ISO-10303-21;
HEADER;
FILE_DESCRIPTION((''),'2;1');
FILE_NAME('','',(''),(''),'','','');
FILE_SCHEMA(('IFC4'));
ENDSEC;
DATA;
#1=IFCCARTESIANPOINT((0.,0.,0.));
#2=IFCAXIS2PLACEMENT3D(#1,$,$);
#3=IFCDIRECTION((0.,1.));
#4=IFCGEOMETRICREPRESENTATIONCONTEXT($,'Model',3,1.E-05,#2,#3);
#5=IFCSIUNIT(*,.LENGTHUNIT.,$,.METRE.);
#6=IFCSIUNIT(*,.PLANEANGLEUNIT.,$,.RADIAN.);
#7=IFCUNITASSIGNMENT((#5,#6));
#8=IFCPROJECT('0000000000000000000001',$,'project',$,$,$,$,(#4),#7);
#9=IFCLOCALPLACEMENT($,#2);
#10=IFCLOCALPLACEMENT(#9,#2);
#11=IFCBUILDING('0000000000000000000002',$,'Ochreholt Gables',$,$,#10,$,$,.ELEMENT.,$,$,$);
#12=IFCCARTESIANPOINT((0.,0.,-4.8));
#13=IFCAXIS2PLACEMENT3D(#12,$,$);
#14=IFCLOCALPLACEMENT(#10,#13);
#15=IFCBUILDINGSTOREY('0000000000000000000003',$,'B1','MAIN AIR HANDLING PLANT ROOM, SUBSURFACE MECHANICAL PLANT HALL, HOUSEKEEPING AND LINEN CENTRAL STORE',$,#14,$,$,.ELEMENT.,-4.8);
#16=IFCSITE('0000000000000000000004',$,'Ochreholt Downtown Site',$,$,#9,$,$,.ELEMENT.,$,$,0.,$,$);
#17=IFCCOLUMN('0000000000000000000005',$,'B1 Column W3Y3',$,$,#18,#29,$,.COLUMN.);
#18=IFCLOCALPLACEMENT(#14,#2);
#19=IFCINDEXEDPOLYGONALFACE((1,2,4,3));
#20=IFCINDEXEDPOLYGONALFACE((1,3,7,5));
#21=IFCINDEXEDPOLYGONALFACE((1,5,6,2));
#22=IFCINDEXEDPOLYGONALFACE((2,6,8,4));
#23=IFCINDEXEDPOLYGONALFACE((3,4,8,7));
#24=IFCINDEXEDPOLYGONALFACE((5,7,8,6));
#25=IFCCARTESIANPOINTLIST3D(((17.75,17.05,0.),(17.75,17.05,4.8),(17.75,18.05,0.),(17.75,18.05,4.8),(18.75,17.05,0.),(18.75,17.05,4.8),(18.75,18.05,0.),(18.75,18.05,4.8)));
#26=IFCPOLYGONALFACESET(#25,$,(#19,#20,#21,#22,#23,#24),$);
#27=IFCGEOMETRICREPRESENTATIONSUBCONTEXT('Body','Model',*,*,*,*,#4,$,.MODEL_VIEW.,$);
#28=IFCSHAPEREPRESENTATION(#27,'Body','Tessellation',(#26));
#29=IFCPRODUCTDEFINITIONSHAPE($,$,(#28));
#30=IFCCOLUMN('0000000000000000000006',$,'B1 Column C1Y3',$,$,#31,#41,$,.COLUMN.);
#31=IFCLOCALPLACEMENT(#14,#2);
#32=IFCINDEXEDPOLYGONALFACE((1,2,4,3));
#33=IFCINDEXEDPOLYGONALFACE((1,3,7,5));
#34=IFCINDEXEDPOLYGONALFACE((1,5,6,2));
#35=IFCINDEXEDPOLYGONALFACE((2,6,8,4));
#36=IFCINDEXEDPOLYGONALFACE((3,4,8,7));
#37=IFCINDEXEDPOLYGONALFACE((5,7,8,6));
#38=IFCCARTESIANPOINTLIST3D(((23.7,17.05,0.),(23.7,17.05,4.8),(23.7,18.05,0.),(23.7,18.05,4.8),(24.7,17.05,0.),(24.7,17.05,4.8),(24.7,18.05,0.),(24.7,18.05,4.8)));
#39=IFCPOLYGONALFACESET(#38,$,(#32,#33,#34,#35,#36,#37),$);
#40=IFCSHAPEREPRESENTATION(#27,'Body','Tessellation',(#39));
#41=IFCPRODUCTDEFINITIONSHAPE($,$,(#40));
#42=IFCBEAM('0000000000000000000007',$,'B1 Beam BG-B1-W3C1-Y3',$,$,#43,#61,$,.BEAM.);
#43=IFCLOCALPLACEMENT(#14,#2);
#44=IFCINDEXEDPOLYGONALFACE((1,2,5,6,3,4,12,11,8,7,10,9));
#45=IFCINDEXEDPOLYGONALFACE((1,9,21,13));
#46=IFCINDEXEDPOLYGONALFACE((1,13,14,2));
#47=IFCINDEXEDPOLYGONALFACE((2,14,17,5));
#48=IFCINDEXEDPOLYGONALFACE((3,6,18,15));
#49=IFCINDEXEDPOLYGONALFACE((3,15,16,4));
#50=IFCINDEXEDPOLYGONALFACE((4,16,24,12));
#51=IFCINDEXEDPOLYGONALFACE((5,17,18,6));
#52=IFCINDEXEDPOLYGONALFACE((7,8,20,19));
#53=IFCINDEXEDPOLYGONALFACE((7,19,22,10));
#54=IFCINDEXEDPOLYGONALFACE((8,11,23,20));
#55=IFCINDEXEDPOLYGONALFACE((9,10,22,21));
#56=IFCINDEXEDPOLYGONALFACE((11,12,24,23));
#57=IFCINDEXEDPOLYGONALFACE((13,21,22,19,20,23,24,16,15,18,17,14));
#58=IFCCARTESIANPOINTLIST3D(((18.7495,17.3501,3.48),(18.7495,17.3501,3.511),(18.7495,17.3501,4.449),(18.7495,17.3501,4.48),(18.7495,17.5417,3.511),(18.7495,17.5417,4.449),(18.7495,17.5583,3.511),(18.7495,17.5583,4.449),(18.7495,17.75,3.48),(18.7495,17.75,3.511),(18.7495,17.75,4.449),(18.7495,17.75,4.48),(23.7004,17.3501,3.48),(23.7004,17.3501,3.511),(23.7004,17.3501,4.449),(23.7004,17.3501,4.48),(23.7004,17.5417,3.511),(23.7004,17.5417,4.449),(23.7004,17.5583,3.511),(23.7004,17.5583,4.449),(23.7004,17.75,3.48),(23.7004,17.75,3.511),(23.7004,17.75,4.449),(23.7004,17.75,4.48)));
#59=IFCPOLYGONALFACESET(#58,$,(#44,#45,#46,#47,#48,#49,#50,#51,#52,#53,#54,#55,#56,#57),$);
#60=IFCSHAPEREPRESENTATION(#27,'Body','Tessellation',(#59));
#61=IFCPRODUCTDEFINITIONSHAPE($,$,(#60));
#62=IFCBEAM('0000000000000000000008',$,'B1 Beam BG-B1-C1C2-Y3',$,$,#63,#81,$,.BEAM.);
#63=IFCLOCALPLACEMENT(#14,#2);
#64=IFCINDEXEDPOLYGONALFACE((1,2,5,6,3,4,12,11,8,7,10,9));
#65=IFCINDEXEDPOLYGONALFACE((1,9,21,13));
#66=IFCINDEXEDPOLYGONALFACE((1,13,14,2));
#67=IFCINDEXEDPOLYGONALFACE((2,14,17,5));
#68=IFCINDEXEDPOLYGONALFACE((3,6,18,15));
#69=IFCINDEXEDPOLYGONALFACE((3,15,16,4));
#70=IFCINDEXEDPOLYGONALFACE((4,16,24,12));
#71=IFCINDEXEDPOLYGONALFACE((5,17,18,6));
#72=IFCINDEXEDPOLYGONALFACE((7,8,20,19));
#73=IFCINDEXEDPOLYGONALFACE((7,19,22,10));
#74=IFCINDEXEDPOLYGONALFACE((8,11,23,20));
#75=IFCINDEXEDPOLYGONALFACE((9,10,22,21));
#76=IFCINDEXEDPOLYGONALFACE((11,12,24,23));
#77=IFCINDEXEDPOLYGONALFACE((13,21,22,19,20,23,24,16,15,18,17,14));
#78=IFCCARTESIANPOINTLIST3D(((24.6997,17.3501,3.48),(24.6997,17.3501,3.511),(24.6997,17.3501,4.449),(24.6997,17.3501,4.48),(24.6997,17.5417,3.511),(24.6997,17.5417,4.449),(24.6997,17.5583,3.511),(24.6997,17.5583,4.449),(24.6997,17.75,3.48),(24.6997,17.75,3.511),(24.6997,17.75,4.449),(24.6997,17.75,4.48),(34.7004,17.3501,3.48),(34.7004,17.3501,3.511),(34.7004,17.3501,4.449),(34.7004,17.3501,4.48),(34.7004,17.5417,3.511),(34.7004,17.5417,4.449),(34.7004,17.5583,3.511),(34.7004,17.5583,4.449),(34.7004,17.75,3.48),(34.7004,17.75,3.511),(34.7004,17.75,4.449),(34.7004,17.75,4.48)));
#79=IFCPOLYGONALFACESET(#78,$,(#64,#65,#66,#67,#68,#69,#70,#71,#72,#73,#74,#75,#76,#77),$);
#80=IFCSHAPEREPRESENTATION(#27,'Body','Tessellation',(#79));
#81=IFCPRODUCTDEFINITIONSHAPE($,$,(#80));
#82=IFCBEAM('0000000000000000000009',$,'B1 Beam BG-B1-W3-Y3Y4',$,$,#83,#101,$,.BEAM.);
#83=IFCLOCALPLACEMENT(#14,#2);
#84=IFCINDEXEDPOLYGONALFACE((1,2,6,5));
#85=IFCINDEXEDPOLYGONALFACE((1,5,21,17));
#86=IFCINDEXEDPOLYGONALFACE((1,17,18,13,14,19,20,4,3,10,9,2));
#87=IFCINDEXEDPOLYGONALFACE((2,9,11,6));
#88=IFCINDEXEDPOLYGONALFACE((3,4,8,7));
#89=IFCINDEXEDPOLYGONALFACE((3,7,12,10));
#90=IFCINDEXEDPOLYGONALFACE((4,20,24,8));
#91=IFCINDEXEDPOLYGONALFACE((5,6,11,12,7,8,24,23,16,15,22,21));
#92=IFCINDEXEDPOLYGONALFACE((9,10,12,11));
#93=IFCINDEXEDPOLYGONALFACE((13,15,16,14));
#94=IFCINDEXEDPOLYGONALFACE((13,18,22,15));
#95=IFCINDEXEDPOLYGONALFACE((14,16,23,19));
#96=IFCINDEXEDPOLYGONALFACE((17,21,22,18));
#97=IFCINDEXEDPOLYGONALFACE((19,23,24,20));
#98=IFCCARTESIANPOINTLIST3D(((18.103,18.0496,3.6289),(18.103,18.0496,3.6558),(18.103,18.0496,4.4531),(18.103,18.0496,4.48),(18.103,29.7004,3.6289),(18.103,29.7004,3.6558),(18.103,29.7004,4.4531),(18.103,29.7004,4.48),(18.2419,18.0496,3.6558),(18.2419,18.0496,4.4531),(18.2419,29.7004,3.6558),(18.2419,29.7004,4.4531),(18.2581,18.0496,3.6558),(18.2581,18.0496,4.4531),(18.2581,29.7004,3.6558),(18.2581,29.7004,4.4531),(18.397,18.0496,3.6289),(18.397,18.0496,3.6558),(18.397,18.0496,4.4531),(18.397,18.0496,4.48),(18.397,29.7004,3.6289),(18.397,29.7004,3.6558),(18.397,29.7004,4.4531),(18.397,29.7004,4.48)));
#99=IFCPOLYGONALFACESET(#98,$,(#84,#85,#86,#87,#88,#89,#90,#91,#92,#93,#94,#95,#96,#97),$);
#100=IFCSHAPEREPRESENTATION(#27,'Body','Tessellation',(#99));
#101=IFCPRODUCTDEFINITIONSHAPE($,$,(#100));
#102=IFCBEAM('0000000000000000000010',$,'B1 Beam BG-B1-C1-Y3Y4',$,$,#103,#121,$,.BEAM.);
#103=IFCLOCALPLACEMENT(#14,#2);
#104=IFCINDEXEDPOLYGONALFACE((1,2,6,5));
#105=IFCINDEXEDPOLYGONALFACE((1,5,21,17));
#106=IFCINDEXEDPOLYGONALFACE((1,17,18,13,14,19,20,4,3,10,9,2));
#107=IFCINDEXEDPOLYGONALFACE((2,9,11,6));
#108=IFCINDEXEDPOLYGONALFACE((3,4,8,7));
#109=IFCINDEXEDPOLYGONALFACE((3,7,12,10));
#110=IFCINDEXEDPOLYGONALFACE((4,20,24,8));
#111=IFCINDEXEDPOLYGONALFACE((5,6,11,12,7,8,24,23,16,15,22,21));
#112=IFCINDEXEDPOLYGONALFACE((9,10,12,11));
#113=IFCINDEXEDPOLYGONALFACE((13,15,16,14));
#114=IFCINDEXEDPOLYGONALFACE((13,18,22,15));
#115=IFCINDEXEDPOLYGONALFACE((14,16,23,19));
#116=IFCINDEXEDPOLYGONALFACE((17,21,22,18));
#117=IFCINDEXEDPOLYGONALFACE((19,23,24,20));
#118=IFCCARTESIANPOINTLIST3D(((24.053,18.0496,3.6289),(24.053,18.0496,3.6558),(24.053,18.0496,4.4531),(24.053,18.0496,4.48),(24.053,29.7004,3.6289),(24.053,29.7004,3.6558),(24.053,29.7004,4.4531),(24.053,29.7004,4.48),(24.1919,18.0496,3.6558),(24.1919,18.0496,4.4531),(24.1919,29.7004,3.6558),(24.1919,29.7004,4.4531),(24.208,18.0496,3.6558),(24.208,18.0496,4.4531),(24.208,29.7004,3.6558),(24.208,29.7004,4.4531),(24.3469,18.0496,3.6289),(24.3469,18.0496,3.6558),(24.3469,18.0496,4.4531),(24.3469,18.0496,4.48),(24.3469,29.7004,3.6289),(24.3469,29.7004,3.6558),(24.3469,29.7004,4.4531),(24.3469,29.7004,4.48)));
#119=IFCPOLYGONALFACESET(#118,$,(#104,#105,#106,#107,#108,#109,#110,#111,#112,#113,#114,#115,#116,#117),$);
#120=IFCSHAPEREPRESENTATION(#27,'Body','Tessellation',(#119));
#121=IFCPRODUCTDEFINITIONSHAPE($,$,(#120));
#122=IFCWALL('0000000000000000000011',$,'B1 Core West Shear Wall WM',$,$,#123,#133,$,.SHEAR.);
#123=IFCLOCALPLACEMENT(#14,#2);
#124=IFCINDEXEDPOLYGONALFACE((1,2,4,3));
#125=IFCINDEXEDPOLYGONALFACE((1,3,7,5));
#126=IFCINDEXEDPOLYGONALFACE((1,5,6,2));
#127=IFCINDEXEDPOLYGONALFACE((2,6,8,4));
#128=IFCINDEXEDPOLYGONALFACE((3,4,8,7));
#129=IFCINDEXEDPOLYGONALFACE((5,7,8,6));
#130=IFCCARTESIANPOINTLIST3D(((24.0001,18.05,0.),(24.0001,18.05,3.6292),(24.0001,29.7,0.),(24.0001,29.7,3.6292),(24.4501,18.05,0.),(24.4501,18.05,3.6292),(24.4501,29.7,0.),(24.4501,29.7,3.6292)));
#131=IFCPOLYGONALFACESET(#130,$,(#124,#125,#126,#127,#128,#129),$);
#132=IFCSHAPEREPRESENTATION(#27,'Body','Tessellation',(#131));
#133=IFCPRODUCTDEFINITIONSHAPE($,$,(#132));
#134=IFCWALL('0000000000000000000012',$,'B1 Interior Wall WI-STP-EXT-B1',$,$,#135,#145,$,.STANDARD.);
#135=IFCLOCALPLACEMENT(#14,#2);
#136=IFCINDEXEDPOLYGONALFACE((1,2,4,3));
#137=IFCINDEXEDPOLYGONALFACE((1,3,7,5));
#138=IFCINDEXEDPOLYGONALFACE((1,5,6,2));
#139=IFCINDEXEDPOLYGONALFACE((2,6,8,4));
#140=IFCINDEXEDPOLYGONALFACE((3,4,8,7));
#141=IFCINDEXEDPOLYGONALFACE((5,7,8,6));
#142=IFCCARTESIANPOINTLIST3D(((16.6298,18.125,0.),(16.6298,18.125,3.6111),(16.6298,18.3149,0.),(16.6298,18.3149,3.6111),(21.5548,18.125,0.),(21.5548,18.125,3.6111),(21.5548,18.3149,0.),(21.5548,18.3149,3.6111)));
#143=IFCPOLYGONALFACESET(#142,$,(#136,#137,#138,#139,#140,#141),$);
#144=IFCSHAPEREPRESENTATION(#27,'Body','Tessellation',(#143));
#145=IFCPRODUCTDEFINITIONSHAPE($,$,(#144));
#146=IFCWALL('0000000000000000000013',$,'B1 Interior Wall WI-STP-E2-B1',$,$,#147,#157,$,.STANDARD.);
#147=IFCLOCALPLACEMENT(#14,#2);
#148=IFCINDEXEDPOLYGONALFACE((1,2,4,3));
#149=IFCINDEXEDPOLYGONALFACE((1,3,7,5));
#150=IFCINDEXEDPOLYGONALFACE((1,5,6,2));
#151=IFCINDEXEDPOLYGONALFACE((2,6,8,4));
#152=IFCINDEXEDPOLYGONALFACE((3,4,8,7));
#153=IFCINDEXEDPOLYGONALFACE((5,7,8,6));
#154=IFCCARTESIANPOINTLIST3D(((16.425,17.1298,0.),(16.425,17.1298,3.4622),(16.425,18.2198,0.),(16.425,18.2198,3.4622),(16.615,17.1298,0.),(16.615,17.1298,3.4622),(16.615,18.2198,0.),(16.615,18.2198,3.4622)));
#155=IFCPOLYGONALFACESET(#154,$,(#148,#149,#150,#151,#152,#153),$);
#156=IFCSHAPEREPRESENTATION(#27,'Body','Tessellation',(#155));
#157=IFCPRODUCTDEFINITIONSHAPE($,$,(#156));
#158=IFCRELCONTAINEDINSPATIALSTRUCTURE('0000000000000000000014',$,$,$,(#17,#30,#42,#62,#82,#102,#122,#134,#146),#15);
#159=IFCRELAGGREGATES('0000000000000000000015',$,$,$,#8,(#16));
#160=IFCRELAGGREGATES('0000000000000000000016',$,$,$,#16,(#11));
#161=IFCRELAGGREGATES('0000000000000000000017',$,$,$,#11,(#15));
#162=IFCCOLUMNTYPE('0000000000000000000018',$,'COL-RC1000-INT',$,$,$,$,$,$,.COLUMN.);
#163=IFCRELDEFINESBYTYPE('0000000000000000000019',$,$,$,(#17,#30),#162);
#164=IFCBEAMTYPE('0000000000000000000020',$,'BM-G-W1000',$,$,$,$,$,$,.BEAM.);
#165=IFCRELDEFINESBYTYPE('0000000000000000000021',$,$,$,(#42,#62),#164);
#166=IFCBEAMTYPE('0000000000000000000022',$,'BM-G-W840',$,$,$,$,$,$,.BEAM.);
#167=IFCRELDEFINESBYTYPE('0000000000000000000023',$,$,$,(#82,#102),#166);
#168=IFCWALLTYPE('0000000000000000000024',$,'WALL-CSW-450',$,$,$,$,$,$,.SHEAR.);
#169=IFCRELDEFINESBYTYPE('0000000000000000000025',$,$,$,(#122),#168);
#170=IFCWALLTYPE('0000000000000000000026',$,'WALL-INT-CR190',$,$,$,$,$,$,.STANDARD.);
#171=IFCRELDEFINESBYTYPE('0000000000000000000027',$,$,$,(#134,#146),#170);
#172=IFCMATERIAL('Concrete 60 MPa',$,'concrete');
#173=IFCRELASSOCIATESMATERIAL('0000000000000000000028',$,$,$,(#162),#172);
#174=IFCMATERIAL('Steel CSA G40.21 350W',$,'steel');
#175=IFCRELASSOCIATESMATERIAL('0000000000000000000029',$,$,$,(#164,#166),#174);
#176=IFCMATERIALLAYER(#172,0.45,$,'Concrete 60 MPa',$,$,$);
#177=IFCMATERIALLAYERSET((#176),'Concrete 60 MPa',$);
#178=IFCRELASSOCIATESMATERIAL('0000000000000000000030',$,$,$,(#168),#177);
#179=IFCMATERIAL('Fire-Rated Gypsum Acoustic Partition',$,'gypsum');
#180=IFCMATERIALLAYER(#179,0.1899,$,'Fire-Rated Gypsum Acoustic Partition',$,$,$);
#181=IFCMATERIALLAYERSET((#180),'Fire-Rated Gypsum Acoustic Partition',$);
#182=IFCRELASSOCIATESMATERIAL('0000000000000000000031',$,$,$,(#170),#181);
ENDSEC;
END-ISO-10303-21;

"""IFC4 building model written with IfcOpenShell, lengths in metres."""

from ifc_helpers import new_model, si_unit, direction, frame, frame_2d, origin, origin_2d, place, context, subcontext, project, spatial, rectangle, i_section, extrude, material, layer, layer_set, material_profile, profile_set, type_object, element, save


model = new_model("IFC4")

# Units and contexts
model_context = context("Model", 3, precision=1e-05, world=origin(), true_north=direction((0.0, 1.0)))
body_context = subcontext(model_context, "Body", "Model", "MODEL_VIEW")
ifc_project = project(units=[si_unit("LENGTHUNIT", "METRE"), si_unit("PLANEANGLEUNIT", "RADIAN")], contexts=[model_context])

# Site, building, storey
site_placement = place(None, origin())
site = spatial("IfcSite", under=ifc_project, at=site_placement, Name="Ochreholt Downtown Site", CompositionType="ELEMENT", RefElevation=0.0)
building_placement = place(site_placement, origin())
building = spatial("IfcBuilding", under=site, at=building_placement, Name="Ochreholt Gables", CompositionType="ELEMENT")
storey_placement = place(building_placement, frame((0.0, 0.0, -4.8)))
storey = spatial("IfcBuildingStorey", under=building, at=storey_placement, Name="B1", Description="MAIN AIR HANDLING PLANT ROOM, SUBSURFACE MECHANICAL PLANT HALL, HOUSEKEEPING AND LINEN CENTRAL STORE", CompositionType="ELEMENT", Elevation=-4.8)

# Columns
ifc_material_1 = material(Name="Concrete 60 MPa", Category="concrete")
ifc_material_profile_1 = material_profile(ifc_material_1, rectangle(XDim=1.0, YDim=1.0, at=origin_2d()), Name="RC1000X1000")
ifc_profile_set_1 = profile_set([ifc_material_profile_1], Name="Concrete 60 MPa")
column_type = type_object("IfcColumnType", Name="COL-RC1000-INT", PredefinedType="COLUMN", material=ifc_profile_set_1)
for number, where, z_axis, x_axis, name in (
    (1, (18.25, 17.55, 0.0), (0.0, 0.0, 1.0), (1.0, 0.0, 0.0), "B1 Column W3Y3"),
    (2, (24.2, 17.55, 0.0), (0.0, 0.0, 1.0), (1.0, 0.0, 0.0), "B1 Column C1Y3"),
):
    element("IfcColumn", number, at=place(storey_placement, frame(where, z_axis=z_axis, x_axis=x_axis)), inside=storey, type_object=column_type, Name=name, PredefinedType="COLUMN", context=body_context, shape_type="SweptSolid", body=[
        extrude(rectangle(XDim=1.0, YDim=1.0, at=origin_2d()), origin(), (0.0, 0.0, 1.0), 4.8),
    ])

# Beams
ifc_material_2 = material(Name="Steel CSA G40.21 350W", Category="steel")
ifc_material_profile_2 = material_profile(ifc_material_2, i_section(OverallWidth=0.3999, OverallDepth=1.0, WebThickness=0.0166, FlangeThickness=0.031, at=origin_2d()), Name="W1000X321")
ifc_profile_set_2 = profile_set([ifc_material_profile_2], Name="Steel CSA G40.21 350W")
beam_type_1 = type_object("IfcBeamType", Name="BM-G-W1000", PredefinedType="BEAM", material=ifc_profile_set_2)
beam_1_placement = place(storey_placement, frame((18.7495, 17.55, 3.98), z_axis=(1.0, 0.0, 0.0), x_axis=(0.0, 1.0, 0.0)))
element("IfcBeam", 3, at=beam_1_placement, inside=storey, type_object=beam_type_1, Name="B1 Beam BG-B1-W3C1-Y3", PredefinedType="BEAM", context=body_context, shape_type="SweptSolid", body=[
    extrude(i_section(OverallWidth=0.3999, OverallDepth=1.0, WebThickness=0.0166, FlangeThickness=0.031, at=origin_2d()), origin(), (0.0, 0.0, 1.0), 4.9509),
])
beam_2_placement = place(storey_placement, frame((24.6997, 17.55, 3.98), z_axis=(1.0, 0.0, 0.0), x_axis=(0.0, 1.0, 0.0)))
element("IfcBeam", 4, at=beam_2_placement, inside=storey, type_object=beam_type_1, Name="B1 Beam BG-B1-C1C2-Y3", PredefinedType="BEAM", context=body_context, shape_type="SweptSolid", body=[
    extrude(i_section(OverallWidth=0.3999, OverallDepth=1.0, WebThickness=0.0166, FlangeThickness=0.031, at=origin_2d()), origin(), (0.0, 0.0, 1.0), 10.0007),
])
ifc_material_profile_3 = material_profile(ifc_material_2, i_section(OverallWidth=0.2939, OverallDepth=0.8511, WebThickness=0.0161, FlangeThickness=0.0269, at=origin_2d()), Name="W840X226")
ifc_profile_set_3 = profile_set([ifc_material_profile_3], Name="Steel CSA G40.21 350W")
beam_type_2 = type_object("IfcBeamType", Name="BM-G-W840", PredefinedType="BEAM", material=ifc_profile_set_3)
for number, where, z_axis, x_axis, name in (
    (5, (18.25, 18.0496, 4.0544), (0.0, 1.0, 0.0), (-1.0, 0.0, 0.0), "B1 Beam BG-B1-W3-Y3Y4"),
    (6, (24.2, 18.0496, 4.0544), (0.0, 1.0, 0.0), (-1.0, 0.0, 0.0), "B1 Beam BG-B1-C1-Y3Y4"),
):
    element("IfcBeam", number, at=place(storey_placement, frame(where, z_axis=z_axis, x_axis=x_axis)), inside=storey, type_object=beam_type_2, Name=name, PredefinedType="BEAM", context=body_context, shape_type="SweptSolid", body=[
        extrude(i_section(OverallWidth=0.2939, OverallDepth=0.8511, WebThickness=0.0161, FlangeThickness=0.0269, at=origin_2d()), origin(), (0.0, 0.0, 1.0), 11.6509),
    ])

# Walls
ifc_layer_1 = layer(ifc_material_1, 0.45, Name="Concrete 60 MPa")
ifc_layer_set_1 = layer_set([ifc_layer_1], Name="Concrete 60 MPa")
wall_type_1 = type_object("IfcWallType", Name="WALL-CSW-450", PredefinedType="SHEAR", material=ifc_layer_set_1)
wall_1_placement = place(storey_placement, frame((24.2251, 18.05, 0.0), z_axis=(0.0, 0.0, 1.0), x_axis=(0.0, 1.0, 0.0)))
element("IfcWall", 7, at=wall_1_placement, inside=storey, type_object=wall_type_1, Name="B1 Core West Shear Wall WM", PredefinedType="SHEAR", context=body_context, shape_type="SweptSolid", body=[
    extrude(rectangle(XDim=11.6499, YDim=0.45, at=frame_2d((5.825, 0.0))), origin(), (0.0, 0.0, 1.0), 3.6292),
])
ifc_material_3 = material(Name="Fire-Rated Gypsum Acoustic Partition", Category="gypsum")
ifc_layer_2 = layer(ifc_material_3, 0.1899, Name="Fire-Rated Gypsum Acoustic Partition")
ifc_layer_set_2 = layer_set([ifc_layer_2], Name="Fire-Rated Gypsum Acoustic Partition")
wall_type_2 = type_object("IfcWallType", Name="WALL-INT-CR190", PredefinedType="STANDARD", material=ifc_layer_set_2)
wall_2_placement = place(storey_placement, frame((16.6299, 18.22, 0.0), z_axis=(0.0, 0.0, 1.0), x_axis=(1.0, 0.0, 0.0)))
element("IfcWall", 8, at=wall_2_placement, inside=storey, type_object=wall_type_2, Name="B1 Interior Wall WI-STP-EXT-B1", PredefinedType="STANDARD", context=body_context, shape_type="SweptSolid", body=[
    extrude(rectangle(XDim=4.925, YDim=0.1899, at=frame_2d((2.4624, 0.0))), origin(), (0.0, 0.0, 1.0), 3.6111),
])
wall_3_placement = place(storey_placement, frame((16.52, 17.1299, 0.0), z_axis=(0.0, 0.0, 1.0), x_axis=(0.0, 1.0, 0.0)))
element("IfcWall", 9, at=wall_3_placement, inside=storey, type_object=wall_type_2, Name="B1 Interior Wall WI-STP-E2-B1", PredefinedType="STANDARD", context=body_context, shape_type="SweptSolid", body=[
    extrude(rectangle(XDim=1.0901, YDim=0.1899, at=frame_2d((0.5449, 0.0))), origin(), (0.0, 0.0, 1.0), 3.4622),
])

save(model, "model.ifc")
